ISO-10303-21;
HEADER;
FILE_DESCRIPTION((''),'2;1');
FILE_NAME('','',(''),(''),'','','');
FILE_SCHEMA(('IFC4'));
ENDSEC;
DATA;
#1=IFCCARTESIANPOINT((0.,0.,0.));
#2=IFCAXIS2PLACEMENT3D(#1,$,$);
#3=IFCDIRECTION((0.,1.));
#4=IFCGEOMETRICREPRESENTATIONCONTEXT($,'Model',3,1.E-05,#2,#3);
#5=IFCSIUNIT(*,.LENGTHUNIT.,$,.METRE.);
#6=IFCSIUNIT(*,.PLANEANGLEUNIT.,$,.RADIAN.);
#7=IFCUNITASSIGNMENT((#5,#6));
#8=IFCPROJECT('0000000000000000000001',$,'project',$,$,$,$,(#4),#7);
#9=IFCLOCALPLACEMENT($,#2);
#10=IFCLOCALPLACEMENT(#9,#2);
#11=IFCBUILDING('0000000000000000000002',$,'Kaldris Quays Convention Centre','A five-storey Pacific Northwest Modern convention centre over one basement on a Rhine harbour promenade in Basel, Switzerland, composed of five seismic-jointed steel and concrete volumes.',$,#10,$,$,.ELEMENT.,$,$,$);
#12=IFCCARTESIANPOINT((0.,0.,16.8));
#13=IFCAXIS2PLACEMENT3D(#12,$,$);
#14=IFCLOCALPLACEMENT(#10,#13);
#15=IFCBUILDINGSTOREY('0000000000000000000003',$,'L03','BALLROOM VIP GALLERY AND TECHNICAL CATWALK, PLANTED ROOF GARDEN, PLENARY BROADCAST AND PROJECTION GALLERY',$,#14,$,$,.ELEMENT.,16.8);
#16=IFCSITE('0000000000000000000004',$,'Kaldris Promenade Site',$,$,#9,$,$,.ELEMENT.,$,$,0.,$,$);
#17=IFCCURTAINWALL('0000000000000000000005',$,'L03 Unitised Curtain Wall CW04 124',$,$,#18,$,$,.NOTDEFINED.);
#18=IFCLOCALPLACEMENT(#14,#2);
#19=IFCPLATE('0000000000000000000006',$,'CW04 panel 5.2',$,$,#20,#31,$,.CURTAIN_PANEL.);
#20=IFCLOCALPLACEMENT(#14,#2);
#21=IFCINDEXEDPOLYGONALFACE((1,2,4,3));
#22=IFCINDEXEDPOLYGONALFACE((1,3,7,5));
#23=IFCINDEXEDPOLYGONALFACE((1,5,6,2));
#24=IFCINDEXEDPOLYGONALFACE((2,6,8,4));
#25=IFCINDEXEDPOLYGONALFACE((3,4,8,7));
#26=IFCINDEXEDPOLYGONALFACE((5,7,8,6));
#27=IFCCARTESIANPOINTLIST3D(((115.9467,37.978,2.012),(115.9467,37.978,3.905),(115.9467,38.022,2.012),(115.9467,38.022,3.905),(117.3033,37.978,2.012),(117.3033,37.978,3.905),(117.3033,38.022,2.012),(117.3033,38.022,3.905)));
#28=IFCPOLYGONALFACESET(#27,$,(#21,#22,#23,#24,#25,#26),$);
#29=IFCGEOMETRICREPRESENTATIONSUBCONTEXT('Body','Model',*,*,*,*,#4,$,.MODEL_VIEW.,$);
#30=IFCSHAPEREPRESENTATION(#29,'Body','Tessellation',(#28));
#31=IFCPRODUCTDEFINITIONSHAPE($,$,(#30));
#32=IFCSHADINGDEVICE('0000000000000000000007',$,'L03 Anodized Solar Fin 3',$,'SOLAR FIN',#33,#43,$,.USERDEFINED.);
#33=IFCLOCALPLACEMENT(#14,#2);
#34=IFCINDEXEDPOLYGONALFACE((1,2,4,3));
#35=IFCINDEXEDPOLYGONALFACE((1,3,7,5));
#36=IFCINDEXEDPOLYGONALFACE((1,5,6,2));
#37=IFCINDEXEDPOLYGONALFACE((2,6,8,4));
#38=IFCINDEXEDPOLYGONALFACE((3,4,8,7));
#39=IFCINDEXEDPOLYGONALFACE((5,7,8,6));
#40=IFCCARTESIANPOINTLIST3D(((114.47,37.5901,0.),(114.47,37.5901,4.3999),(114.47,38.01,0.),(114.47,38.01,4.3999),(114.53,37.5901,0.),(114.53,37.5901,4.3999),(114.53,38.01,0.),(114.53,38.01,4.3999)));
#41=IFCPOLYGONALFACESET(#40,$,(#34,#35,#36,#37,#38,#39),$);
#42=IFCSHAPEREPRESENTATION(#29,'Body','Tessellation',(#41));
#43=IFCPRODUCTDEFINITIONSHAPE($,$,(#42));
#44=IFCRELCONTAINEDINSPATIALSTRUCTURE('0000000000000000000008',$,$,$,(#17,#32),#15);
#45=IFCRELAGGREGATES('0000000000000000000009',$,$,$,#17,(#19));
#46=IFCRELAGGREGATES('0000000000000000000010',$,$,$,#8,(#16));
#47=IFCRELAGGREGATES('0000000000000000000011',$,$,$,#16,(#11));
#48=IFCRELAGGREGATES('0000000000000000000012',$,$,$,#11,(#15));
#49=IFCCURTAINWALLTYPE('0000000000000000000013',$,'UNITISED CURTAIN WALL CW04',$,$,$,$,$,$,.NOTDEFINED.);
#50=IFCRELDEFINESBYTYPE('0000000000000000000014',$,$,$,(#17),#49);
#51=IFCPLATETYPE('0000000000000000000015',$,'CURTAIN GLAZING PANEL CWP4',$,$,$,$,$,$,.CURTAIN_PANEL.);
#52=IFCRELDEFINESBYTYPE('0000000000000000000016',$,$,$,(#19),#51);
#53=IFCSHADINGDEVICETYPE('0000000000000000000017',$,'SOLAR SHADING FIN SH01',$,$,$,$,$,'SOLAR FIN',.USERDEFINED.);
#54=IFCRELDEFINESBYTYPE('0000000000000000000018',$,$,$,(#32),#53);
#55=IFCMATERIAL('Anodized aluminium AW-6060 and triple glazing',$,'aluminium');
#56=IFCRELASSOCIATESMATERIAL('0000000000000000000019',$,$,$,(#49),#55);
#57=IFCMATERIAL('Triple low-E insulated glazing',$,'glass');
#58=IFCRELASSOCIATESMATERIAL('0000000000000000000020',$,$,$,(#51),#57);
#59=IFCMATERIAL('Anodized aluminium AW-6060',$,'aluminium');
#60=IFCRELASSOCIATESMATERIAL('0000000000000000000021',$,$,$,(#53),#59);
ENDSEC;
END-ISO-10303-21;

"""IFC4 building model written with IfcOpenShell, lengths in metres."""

from ifc_helpers import new_model, si_unit, direction, frame, origin, origin_2d, place, context, subcontext, project, spatial, rectangle, extrude, material, type_object, element, aggregate, save


model = new_model("IFC4")

# Units and contexts
model_context = context("Model", 3, precision=1e-05, world=origin(), true_north=direction((0.0, 1.0)))
body_context = subcontext(model_context, "Body", "Model", "MODEL_VIEW")
ifc_project = project(units=[si_unit("LENGTHUNIT", "METRE"), si_unit("PLANEANGLEUNIT", "RADIAN")], contexts=[model_context])

# Site, building, storey
site_placement = place(None, origin())
site = spatial("IfcSite", under=ifc_project, at=site_placement, Name="Kaldris Promenade Site", CompositionType="ELEMENT", RefElevation=0.0)
building_placement = place(site_placement, origin())
building = spatial("IfcBuilding", under=site, at=building_placement, Name="Kaldris Quays Convention Centre", Description="A five-storey Pacific Northwest Modern convention centre over one basement on a Rhine harbour promenade in Basel, Switzerland, composed of five seismic-jointed steel and concrete volumes.", CompositionType="ELEMENT")
storey_placement = place(building_placement, frame((0.0, 0.0, 16.8)))
storey = spatial("IfcBuildingStorey", under=building, at=storey_placement, Name="L03", Description="BALLROOM VIP GALLERY AND TECHNICAL CATWALK, PLANTED ROOF GARDEN, PLENARY BROADCAST AND PROJECTION GALLERY", CompositionType="ELEMENT", Elevation=16.8)

# Curtain wall, plate
ifc_material_1 = material(Name="Anodized aluminium AW-6060 and triple glazing", Category="aluminium")
curtain_wall_type = type_object("IfcCurtainWallType", Name="UNITISED CURTAIN WALL CW04", PredefinedType="NOTDEFINED", material=ifc_material_1)
curtain_wall_placement = place(storey_placement, origin())
curtain_wall = element("IfcCurtainWall", 1, at=curtain_wall_placement, inside=storey, type_object=curtain_wall_type, Name="L03 Unitised Curtain Wall CW04 124", PredefinedType="NOTDEFINED")
ifc_material_2 = material(Name="Anodized aluminium AW-6060", Category="aluminium")
ifc_material_3 = material(Name="Triple low-E insulated glazing", Category="glass")
plate_type = type_object("IfcPlateType", Name="CURTAIN GLAZING PANEL CWP4", PredefinedType="CURTAIN_PANEL", material=ifc_material_3)
plate_1_placement = place(storey_placement, frame((116.625, 38.0, 2.012), z_axis=(0.0, 0.0, 1.0), x_axis=(1.0, 0.0, 0.0)))
plate_1 = element("IfcPlate", 2, at=plate_1_placement, type_object=plate_type, Name="CW04 panel 5.2", PredefinedType="CURTAIN_PANEL", context=body_context, shape_type="SweptSolid", body=[
    extrude(rectangle(XDim=1.3567, YDim=0.0439, at=origin_2d()), origin(), (0.0, 0.0, 1.0), 1.8931),
])
aggregate(curtain_wall, [plate_1])

# Shading device
shading_device_type = type_object("IfcShadingDeviceType", Name="SOLAR SHADING FIN SH01", ElementType="SOLAR FIN", PredefinedType="USERDEFINED", material=ifc_material_2)
shading_device_placement = place(storey_placement, frame((114.5, 37.8, 0.0), z_axis=(0.0, 0.0, 1.0), x_axis=(1.0, 0.0, 0.0)))
element("IfcShadingDevice", 3, at=shading_device_placement, inside=storey, type_object=shading_device_type, Name="L03 Anodized Solar Fin 3", ObjectType="SOLAR FIN", PredefinedType="USERDEFINED", context=body_context, shape_type="SweptSolid", body=[
    extrude(rectangle(XDim=0.0601, YDim=0.4199, at=origin_2d()), origin(), (0.0, 0.0, 1.0), 4.3999),
])

save(model, "model.ifc")
